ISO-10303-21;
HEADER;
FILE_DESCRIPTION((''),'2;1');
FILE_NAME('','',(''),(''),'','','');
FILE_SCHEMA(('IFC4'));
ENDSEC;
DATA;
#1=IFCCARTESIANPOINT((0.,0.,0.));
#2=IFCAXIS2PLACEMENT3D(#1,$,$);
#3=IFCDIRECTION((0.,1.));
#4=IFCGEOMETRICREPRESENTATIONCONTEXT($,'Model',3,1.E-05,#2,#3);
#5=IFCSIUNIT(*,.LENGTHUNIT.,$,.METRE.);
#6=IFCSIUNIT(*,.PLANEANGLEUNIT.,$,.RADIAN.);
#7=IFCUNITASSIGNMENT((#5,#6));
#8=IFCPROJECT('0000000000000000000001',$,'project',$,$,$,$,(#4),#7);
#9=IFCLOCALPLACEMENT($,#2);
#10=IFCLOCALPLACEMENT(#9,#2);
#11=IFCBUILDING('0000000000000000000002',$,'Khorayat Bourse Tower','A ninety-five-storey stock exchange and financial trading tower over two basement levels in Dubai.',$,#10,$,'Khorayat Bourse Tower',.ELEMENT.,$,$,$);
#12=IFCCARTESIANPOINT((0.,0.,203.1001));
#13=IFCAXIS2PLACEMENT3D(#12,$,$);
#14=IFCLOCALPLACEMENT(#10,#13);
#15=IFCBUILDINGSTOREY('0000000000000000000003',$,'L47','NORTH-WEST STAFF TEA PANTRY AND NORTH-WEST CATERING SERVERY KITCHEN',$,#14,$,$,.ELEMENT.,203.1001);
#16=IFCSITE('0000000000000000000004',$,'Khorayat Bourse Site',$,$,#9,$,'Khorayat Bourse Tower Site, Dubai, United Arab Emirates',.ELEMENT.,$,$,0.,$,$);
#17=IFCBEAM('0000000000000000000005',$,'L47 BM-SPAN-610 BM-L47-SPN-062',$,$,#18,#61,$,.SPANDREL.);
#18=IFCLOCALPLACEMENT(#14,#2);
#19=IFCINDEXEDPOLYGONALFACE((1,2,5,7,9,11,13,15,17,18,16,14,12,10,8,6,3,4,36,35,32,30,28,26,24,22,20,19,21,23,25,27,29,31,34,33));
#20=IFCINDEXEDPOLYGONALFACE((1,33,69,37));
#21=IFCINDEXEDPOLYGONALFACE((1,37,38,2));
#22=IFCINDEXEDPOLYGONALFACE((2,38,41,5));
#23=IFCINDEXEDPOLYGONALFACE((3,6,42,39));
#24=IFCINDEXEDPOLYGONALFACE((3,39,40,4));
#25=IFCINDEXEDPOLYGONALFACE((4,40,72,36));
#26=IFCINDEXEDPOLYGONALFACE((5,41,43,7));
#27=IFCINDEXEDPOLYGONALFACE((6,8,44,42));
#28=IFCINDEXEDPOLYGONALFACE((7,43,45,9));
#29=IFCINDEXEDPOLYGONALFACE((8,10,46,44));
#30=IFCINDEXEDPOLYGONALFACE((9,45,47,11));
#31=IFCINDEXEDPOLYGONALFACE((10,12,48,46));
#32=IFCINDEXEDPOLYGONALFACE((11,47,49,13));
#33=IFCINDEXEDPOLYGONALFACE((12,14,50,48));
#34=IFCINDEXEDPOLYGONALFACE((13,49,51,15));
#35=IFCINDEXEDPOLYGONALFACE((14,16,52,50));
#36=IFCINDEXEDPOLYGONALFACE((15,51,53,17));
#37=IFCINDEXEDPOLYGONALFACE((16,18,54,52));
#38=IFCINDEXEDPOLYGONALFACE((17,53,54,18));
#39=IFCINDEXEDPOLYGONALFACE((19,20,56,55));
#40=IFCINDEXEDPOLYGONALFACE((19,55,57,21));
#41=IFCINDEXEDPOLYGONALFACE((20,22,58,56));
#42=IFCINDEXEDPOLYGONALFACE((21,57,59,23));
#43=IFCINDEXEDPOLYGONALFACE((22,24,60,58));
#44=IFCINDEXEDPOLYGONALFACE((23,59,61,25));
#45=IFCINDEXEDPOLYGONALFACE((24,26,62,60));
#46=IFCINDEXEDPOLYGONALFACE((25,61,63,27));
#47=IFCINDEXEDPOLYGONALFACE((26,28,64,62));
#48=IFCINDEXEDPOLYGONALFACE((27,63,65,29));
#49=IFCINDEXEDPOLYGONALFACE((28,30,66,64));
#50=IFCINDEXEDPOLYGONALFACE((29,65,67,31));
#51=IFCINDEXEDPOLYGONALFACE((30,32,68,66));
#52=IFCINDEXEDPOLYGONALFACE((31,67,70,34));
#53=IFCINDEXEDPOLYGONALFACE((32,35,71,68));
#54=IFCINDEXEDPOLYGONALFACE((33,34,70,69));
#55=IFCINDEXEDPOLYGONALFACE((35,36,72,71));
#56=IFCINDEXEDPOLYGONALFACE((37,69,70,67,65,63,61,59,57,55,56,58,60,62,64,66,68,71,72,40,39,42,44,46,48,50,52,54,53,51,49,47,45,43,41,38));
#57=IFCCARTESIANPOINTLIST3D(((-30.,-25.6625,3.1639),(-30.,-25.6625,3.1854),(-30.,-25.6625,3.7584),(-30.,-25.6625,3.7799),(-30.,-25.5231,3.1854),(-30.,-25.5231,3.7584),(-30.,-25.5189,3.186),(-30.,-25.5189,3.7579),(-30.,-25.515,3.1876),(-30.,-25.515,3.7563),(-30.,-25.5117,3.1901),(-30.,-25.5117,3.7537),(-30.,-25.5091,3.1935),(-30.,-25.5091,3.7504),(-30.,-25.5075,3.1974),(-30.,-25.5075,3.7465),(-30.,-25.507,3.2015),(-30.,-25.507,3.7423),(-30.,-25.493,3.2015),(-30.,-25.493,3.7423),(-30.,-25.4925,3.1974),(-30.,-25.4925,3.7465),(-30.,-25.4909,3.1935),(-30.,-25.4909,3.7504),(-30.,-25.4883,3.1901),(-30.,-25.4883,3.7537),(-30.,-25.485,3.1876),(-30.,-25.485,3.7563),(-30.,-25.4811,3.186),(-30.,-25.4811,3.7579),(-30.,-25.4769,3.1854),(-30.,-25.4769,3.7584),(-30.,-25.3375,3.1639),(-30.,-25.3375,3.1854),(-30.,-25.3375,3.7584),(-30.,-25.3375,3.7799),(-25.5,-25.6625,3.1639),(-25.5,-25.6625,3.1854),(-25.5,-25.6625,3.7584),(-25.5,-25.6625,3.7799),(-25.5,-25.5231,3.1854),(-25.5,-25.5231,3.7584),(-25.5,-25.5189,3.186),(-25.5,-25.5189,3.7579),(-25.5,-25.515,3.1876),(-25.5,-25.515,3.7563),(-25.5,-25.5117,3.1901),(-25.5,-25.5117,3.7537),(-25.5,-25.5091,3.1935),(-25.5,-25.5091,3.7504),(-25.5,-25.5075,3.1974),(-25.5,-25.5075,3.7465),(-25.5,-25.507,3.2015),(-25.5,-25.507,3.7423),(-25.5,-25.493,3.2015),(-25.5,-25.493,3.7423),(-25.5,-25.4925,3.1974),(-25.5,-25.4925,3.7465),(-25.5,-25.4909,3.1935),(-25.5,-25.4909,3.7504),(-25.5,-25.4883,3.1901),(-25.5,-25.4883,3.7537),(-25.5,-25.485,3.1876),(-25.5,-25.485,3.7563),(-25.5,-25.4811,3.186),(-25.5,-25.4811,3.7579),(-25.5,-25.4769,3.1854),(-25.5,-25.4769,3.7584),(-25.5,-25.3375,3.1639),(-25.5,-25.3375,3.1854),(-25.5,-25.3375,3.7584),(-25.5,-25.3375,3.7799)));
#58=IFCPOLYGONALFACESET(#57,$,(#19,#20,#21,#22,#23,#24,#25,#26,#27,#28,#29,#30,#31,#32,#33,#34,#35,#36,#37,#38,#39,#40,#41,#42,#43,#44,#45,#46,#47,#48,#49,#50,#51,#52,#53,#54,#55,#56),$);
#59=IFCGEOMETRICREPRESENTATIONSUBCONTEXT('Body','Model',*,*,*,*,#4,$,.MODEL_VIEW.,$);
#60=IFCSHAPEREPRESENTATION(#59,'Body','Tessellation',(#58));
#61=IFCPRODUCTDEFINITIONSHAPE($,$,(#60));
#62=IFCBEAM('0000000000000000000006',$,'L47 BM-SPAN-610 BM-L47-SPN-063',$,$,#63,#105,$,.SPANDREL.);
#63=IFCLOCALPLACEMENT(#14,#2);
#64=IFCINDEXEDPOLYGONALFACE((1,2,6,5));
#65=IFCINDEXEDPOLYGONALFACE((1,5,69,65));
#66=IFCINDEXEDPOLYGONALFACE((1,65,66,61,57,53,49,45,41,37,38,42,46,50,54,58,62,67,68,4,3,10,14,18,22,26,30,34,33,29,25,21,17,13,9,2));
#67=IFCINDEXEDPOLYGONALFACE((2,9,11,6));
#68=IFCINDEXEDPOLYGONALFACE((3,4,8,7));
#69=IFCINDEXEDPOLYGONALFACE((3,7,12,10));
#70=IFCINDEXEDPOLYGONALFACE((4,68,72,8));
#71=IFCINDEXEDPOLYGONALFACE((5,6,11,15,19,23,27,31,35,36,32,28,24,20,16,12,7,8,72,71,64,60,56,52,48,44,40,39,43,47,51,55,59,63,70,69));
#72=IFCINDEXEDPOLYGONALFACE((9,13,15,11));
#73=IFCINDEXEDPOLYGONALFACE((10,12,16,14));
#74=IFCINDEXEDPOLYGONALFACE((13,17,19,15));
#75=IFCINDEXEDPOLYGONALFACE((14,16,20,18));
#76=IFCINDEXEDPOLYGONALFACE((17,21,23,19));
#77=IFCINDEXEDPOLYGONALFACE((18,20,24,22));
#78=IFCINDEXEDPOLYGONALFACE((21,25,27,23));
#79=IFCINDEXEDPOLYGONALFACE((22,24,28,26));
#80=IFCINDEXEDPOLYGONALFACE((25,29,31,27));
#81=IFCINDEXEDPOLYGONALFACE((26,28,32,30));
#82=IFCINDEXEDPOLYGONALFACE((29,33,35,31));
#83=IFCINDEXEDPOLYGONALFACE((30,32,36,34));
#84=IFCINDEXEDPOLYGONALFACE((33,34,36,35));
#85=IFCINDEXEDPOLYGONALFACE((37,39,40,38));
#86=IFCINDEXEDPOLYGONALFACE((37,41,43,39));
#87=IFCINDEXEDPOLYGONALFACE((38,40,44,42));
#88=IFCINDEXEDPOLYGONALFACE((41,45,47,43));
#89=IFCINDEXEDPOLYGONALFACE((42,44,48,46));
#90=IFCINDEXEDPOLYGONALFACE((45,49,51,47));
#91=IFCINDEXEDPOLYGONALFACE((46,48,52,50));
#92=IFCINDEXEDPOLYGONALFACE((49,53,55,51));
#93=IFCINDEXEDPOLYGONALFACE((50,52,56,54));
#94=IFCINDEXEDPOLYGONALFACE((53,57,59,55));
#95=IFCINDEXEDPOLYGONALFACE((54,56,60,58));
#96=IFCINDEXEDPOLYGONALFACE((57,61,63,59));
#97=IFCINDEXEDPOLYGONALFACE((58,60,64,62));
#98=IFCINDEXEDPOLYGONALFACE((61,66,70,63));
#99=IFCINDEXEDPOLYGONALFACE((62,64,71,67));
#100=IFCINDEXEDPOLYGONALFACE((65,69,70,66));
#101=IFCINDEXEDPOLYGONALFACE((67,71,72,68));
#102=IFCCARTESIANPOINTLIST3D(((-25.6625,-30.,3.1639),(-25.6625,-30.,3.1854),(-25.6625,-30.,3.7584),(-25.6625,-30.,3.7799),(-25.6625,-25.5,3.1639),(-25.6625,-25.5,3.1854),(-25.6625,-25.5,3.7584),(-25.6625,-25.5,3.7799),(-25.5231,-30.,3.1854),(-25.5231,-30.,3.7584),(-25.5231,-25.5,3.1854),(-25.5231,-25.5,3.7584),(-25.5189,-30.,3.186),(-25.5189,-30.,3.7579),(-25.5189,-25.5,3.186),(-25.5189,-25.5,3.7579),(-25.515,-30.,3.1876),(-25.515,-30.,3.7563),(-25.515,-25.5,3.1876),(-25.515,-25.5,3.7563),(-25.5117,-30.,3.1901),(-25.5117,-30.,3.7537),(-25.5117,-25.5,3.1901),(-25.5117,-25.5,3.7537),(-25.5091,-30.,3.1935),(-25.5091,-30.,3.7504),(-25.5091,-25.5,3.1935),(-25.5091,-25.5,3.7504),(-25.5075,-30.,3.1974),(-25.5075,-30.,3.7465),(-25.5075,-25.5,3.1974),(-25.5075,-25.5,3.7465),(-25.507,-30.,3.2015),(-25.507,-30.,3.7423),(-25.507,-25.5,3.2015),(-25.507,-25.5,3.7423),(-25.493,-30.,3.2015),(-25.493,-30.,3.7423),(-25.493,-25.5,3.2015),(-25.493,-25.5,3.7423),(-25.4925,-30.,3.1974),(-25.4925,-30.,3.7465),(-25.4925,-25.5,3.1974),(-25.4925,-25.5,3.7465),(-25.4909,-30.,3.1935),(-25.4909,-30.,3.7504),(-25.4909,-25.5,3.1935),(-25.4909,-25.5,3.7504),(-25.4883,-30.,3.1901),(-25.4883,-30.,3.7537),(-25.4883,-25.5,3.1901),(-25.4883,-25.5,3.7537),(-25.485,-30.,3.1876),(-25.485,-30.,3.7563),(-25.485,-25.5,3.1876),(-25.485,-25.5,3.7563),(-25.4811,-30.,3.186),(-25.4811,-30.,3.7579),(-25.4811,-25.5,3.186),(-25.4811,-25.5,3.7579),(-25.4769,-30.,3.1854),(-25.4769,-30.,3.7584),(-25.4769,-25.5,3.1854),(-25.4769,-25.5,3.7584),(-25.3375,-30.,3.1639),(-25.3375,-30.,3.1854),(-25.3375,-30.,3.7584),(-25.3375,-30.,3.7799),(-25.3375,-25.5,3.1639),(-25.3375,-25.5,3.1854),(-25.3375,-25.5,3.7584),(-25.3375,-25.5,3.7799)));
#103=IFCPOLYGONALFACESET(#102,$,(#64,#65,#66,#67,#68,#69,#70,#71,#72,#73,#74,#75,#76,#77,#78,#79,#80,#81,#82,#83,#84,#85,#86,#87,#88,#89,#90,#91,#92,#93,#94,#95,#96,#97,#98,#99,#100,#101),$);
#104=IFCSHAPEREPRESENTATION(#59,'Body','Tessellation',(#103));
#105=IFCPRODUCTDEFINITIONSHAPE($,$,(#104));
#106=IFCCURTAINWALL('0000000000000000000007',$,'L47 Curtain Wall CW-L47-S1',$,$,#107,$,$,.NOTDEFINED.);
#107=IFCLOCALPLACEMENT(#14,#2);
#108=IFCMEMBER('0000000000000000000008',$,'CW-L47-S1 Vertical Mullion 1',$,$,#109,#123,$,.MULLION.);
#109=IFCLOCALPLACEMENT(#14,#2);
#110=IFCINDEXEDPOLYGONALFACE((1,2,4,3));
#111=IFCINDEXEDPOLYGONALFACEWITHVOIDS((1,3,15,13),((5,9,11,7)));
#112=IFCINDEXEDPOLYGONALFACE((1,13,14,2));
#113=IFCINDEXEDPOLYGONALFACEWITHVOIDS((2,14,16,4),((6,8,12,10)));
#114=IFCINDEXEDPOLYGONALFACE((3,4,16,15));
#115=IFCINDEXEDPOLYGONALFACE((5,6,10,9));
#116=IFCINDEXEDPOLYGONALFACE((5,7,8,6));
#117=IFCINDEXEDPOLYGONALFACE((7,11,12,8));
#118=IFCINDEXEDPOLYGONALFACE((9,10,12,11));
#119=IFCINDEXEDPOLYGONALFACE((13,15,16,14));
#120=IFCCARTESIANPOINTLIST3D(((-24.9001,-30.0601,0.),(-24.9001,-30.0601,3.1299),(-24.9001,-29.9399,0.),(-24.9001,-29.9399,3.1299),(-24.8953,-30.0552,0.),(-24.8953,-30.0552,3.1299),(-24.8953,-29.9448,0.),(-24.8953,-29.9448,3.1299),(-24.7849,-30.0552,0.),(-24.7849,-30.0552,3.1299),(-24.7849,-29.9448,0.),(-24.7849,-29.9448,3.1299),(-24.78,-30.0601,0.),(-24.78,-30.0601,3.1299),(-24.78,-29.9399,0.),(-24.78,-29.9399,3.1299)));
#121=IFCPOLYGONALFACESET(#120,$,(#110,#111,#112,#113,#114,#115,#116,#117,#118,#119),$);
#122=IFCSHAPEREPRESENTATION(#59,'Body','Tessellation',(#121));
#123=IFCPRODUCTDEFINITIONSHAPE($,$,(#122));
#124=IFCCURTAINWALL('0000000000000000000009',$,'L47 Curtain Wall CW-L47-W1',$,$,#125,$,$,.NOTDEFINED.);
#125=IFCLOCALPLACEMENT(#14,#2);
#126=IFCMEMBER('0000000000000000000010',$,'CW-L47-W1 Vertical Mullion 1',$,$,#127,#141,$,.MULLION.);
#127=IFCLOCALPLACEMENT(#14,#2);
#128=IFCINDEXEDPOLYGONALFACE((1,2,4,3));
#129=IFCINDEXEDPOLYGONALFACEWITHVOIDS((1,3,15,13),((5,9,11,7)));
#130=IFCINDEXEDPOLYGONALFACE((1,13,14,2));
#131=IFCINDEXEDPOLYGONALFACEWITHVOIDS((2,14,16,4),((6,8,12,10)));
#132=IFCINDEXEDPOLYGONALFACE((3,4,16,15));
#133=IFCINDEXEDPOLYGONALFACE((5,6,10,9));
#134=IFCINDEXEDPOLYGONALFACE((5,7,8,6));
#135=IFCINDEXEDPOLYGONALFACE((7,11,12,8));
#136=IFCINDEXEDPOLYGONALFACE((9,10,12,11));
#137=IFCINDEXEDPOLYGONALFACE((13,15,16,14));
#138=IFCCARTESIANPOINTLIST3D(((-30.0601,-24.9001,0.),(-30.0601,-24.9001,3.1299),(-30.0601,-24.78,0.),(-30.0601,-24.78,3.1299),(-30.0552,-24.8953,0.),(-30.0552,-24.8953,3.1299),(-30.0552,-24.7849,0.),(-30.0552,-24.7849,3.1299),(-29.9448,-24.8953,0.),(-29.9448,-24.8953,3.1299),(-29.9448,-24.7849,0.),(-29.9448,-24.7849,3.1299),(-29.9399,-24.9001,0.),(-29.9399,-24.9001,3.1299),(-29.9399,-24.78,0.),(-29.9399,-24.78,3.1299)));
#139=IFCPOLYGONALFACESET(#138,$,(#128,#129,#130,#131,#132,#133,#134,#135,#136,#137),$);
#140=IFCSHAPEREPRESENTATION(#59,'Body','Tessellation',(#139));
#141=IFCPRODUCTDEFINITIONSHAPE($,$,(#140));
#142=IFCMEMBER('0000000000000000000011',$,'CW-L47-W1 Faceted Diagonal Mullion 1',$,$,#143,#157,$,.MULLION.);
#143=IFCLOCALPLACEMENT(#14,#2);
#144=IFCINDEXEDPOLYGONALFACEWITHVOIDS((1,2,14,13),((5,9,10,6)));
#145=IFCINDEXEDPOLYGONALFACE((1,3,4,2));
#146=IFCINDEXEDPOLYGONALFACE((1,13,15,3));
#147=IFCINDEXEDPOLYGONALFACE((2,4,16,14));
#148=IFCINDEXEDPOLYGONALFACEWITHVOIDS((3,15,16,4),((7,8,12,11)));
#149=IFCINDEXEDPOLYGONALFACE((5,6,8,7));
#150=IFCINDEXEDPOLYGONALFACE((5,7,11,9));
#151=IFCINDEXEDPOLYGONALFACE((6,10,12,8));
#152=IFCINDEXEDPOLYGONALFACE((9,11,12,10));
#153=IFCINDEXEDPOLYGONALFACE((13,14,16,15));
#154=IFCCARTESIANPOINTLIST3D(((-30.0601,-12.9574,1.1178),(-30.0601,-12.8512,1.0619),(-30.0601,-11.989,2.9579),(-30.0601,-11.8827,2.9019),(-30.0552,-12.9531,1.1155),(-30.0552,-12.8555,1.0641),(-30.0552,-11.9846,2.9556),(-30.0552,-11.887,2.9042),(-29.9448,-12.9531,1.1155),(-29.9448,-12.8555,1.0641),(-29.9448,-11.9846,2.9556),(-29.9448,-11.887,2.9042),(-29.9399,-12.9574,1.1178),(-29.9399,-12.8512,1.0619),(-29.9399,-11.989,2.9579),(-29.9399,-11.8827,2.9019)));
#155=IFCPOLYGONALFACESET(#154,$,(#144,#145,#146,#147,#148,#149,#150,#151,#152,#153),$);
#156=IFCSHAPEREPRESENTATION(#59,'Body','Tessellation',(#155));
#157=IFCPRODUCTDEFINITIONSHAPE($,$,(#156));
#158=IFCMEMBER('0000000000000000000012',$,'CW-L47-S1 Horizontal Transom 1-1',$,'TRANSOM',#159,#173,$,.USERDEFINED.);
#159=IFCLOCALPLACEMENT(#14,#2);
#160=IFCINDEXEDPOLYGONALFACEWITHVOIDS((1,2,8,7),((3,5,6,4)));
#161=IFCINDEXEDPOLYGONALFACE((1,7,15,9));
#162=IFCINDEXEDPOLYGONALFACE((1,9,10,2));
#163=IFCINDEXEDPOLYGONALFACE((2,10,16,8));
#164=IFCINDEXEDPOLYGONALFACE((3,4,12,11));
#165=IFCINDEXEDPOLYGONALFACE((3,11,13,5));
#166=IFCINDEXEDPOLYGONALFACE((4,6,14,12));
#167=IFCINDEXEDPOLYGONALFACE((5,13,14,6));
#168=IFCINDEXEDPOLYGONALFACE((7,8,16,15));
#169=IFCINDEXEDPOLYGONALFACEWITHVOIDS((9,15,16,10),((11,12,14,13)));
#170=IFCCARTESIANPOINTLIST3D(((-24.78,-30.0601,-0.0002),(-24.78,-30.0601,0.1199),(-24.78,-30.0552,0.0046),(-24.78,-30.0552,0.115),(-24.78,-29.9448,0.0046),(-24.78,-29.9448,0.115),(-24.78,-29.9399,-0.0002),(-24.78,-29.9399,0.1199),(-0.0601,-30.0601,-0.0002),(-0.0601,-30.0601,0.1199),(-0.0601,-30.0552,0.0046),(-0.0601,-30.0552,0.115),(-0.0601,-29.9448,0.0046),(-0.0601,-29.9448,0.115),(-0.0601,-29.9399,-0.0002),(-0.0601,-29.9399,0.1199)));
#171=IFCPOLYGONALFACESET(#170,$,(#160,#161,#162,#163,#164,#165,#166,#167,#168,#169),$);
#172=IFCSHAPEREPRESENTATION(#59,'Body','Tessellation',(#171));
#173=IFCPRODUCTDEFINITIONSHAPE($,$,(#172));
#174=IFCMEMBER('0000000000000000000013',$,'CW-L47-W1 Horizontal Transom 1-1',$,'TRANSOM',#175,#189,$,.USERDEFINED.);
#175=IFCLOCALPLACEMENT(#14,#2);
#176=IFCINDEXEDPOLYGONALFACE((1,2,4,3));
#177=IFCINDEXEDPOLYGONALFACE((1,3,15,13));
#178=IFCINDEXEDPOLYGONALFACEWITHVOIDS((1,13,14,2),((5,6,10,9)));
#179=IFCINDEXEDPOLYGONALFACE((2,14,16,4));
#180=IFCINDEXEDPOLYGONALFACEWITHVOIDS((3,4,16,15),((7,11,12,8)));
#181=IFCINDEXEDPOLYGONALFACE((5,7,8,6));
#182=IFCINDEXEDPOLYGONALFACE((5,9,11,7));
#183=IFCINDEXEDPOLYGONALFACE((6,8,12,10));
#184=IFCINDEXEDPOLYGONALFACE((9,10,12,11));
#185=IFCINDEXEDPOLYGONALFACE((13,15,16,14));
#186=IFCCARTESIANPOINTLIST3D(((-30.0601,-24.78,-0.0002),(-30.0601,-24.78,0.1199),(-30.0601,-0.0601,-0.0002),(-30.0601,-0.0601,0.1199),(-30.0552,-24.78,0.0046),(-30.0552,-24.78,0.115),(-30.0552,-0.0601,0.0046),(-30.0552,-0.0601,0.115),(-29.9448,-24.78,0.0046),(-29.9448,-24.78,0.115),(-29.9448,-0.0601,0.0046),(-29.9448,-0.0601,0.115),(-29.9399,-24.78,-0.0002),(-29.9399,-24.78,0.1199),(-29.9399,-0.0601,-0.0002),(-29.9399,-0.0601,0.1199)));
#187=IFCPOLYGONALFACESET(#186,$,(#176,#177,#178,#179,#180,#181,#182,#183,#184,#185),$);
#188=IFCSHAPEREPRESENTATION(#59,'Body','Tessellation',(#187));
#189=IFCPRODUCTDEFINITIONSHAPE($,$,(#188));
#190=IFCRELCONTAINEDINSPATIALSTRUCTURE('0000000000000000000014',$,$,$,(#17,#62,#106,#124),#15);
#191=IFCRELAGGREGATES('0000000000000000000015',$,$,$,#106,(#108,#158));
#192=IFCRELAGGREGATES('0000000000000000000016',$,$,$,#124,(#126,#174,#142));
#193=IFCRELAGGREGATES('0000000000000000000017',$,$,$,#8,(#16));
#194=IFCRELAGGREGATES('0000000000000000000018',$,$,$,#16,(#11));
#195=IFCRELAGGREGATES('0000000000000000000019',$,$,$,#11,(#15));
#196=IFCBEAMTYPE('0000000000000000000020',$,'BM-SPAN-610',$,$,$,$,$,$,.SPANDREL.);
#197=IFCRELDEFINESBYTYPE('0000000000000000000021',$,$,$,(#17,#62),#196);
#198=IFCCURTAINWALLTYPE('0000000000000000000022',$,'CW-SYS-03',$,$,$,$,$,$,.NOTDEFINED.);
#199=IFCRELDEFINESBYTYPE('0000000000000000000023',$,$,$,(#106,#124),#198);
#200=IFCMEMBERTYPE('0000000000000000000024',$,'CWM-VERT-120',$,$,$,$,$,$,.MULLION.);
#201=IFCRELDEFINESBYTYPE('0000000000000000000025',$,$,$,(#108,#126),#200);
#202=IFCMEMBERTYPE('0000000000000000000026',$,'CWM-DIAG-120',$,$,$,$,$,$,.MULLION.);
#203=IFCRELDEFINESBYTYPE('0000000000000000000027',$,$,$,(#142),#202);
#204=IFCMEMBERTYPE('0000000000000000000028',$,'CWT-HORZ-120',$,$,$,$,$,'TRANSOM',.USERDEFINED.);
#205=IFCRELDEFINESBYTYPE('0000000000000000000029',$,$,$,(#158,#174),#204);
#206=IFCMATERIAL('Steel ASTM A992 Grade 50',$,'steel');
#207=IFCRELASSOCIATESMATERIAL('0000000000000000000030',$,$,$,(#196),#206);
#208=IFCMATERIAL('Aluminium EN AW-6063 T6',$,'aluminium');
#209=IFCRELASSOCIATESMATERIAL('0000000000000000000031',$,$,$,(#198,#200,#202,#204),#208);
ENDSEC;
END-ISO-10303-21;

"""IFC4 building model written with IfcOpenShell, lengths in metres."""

from ifc_helpers import new_model, si_unit, direction, frame, origin, origin_2d, place, context, subcontext, project, spatial, hollow_rectangle, i_section, extrude, source, transform, mapped, material, material_profile, profile_set, type_object, element, aggregate, save


model = new_model("IFC4")

# Units and contexts
model_context = context("Model", 3, precision=1e-05, world=origin(), true_north=direction((0.0, 1.0)))
body_context = subcontext(model_context, "Body", "Model", "MODEL_VIEW")
ifc_project = project(units=[si_unit("LENGTHUNIT", "METRE"), si_unit("PLANEANGLEUNIT", "RADIAN")], contexts=[model_context])

# Site, building, storey
site_placement = place(None, origin())
site = spatial("IfcSite", under=ifc_project, at=site_placement, Name="Khorayat Bourse Site", LongName="Khorayat Bourse Tower Site, Dubai, United Arab Emirates", CompositionType="ELEMENT", RefElevation=0.0)
building_placement = place(site_placement, origin())
building = spatial("IfcBuilding", under=site, at=building_placement, Name="Khorayat Bourse Tower", Description="A ninety-five-storey stock exchange and financial trading tower over two basement levels in Dubai.", LongName="Khorayat Bourse Tower", CompositionType="ELEMENT")
storey_placement = place(building_placement, frame((0.0, 0.0, 203.1001)))
storey = spatial("IfcBuildingStorey", under=building, at=storey_placement, Name="L47", Description="NORTH-WEST STAFF TEA PANTRY AND NORTH-WEST CATERING SERVERY KITCHEN", CompositionType="ELEMENT", Elevation=203.1001)

# Beams
ifc_material_1 = material(Name="Steel ASTM A992 Grade 50", Category="steel")
ifc_material_profile_1 = material_profile(ifc_material_1, i_section(OverallWidth=0.325, OverallDepth=0.616, WebThickness=0.0139, FlangeThickness=0.0215, FilletRadius=0.0161, at=origin_2d()), Name="W610X174")
ifc_profile_set_1 = profile_set([ifc_material_profile_1], Name="Steel ASTM A992 Grade 50")
beam_type_1 = type_object("IfcBeamType", Name="BM-SPAN-610", PredefinedType="SPANDREL", material=ifc_profile_set_1)
shared_shape_1 = source(origin(), body_context, "Body", "SweptSolid", [
    extrude(i_section(OverallWidth=0.325, OverallDepth=0.616, WebThickness=0.0139, FlangeThickness=0.0215, FilletRadius=0.0161, at=origin_2d()), origin(), (0.0, 0.0, 1.0), 4.5),
])
for number, where, z_axis, x_axis, name in (
    (1, (-30.0, -25.5, 3.4719), (1.0, 0.0, 0.0), (0.0, 1.0, 0.0), "L47 BM-SPAN-610 BM-L47-SPN-062"),
    (2, (-25.5, -30.0, 3.4719), (0.0, 1.0, 0.0), (-1.0, 0.0, 0.0), "L47 BM-SPAN-610 BM-L47-SPN-063"),
):
    element("IfcBeam", number, at=place(storey_placement, frame(where, z_axis=z_axis, x_axis=x_axis)), inside=storey, type_object=beam_type_1, Name=name, PredefinedType="SPANDREL", context=body_context, shape_type="MappedRepresentation", body=[
        mapped(shared_shape_1, transform((0.0, 0.0, 0.0), scale=1.0)),
    ])

# Curtain wall, member
ifc_material_2 = material(Name="Aluminium EN AW-6063 T6", Category="aluminium")
curtain_wall_type = type_object("IfcCurtainWallType", Name="CW-SYS-03", PredefinedType="NOTDEFINED", material=ifc_material_2)
curtain_wall_1_placement = place(storey_placement, origin())
curtain_wall_1 = element("IfcCurtainWall", 3, at=curtain_wall_1_placement, inside=storey, type_object=curtain_wall_type, Name="L47 Curtain Wall CW-L47-S1", PredefinedType="NOTDEFINED")
ifc_material_profile_2 = material_profile(ifc_material_2, hollow_rectangle(XDim=0.1201, YDim=0.1201, WallThickness=0.0049, at=origin_2d()), Name="ALU 120x120x5")
ifc_profile_set_2 = profile_set([ifc_material_profile_2], Name="Aluminium EN AW-6063 T6")
member_type_1 = type_object("IfcMemberType", Name="CWM-VERT-120", PredefinedType="MULLION", material=ifc_profile_set_2)
shared_shape_2 = source(origin(), body_context, "Body", "SweptSolid", [
    extrude(hollow_rectangle(XDim=0.1201, YDim=0.1201, WallThickness=0.0049, at=origin_2d()), origin(), (0.0, 0.0, 1.0), 3.1299),
])
member_1_placement = place(storey_placement, frame((-24.8401, -30.0, 0.0), z_axis=(0.0, 0.0, 1.0), x_axis=(0.0, 1.0, 0.0)))
member_1 = element("IfcMember", 4, at=member_1_placement, type_object=member_type_1, Name="CW-L47-S1 Vertical Mullion 1", PredefinedType="MULLION", context=body_context, shape_type="MappedRepresentation", body=[
    mapped(shared_shape_2, transform((0.0, 0.0, 0.0), scale=1.0)),
])

# Curtain wall, members
curtain_wall_2_placement = place(storey_placement, origin())
curtain_wall_2 = element("IfcCurtainWall", 5, at=curtain_wall_2_placement, inside=storey, type_object=curtain_wall_type, Name="L47 Curtain Wall CW-L47-W1", PredefinedType="NOTDEFINED")
member_2_placement = place(storey_placement, frame((-30.0, -24.8401, 0.0), z_axis=(0.0, 0.0, 1.0), x_axis=(-1.0, 0.0, 0.0)))
member_2 = element("IfcMember", 6, at=member_2_placement, type_object=member_type_1, Name="CW-L47-W1 Vertical Mullion 1", PredefinedType="MULLION", context=body_context, shape_type="MappedRepresentation", body=[
    mapped(shared_shape_2, transform((0.0, 0.0, 0.0), scale=1.0)),
])
ifc_material_profile_3 = material_profile(ifc_material_2, hollow_rectangle(XDim=0.1201, YDim=0.1201, WallThickness=0.0049, at=origin_2d()), Name="ALU 120x120x5")
ifc_profile_set_3 = profile_set([ifc_material_profile_3], Name="Aluminium EN AW-6063 T6")
member_type_2 = type_object("IfcMemberType", Name="CWM-DIAG-120", PredefinedType="MULLION", material=ifc_profile_set_3)
shared_shape_3 = source(origin(), body_context, "Body", "SweptSolid", [
    extrude(hollow_rectangle(XDim=0.1201, YDim=0.1201, WallThickness=0.0049, at=origin_2d()), origin(), (0.0, 0.0, 1.0), 2.0793),
])
member_3_placement = place(storey_placement, frame((-30.0, -12.9043, 1.0898), z_axis=(0.0, 0.465761, 0.884911), x_axis=(-1.0, 0.0, 0.0)))
member_3 = element("IfcMember", 7, at=member_3_placement, type_object=member_type_2, Name="CW-L47-W1 Faceted Diagonal Mullion 1", PredefinedType="MULLION", context=body_context, shape_type="MappedRepresentation", body=[
    mapped(shared_shape_3, transform((0.0, 0.0, 0.0), scale=1.0)),
])

# Members
ifc_material_profile_4 = material_profile(ifc_material_2, hollow_rectangle(XDim=0.1201, YDim=0.1201, WallThickness=0.0049, at=origin_2d()), Name="ALU 120x120x5")
ifc_profile_set_4 = profile_set([ifc_material_profile_4], Name="Aluminium EN AW-6063 T6")
member_type_3 = type_object("IfcMemberType", Name="CWT-HORZ-120", ElementType="TRANSOM", PredefinedType="USERDEFINED", material=ifc_profile_set_4)
shared_shape_4 = source(origin(), body_context, "Body", "SweptSolid", [
    extrude(hollow_rectangle(XDim=0.1201, YDim=0.1201, WallThickness=0.0049, at=origin_2d()), origin(), (0.0, 0.0, 1.0), 24.72),
])
member_4_placement = place(storey_placement, frame((-24.78, -30.0, 0.0598), z_axis=(1.0, 0.0, 0.0), x_axis=(0.0, 1.0, 0.0)))
member_4 = element("IfcMember", 8, at=member_4_placement, type_object=member_type_3, Name="CW-L47-S1 Horizontal Transom 1-1", ObjectType="TRANSOM", PredefinedType="USERDEFINED", context=body_context, shape_type="MappedRepresentation", body=[
    mapped(shared_shape_4, transform((0.0, 0.0, 0.0), scale=1.0)),
])
aggregate(curtain_wall_1, [member_1, member_4])
member_5_placement = place(storey_placement, frame((-30.0, -24.78, 0.0598), z_axis=(0.0, 1.0, 0.0), x_axis=(-1.0, 0.0, 0.0)))
member_5 = element("IfcMember", 9, at=member_5_placement, type_object=member_type_3, Name="CW-L47-W1 Horizontal Transom 1-1", ObjectType="TRANSOM", PredefinedType="USERDEFINED", context=body_context, shape_type="MappedRepresentation", body=[
    mapped(shared_shape_4, transform((0.0, 0.0, 0.0), scale=1.0)),
])

aggregate(curtain_wall_2, [member_2, member_5, member_3])

save(model, "model.ifc")
